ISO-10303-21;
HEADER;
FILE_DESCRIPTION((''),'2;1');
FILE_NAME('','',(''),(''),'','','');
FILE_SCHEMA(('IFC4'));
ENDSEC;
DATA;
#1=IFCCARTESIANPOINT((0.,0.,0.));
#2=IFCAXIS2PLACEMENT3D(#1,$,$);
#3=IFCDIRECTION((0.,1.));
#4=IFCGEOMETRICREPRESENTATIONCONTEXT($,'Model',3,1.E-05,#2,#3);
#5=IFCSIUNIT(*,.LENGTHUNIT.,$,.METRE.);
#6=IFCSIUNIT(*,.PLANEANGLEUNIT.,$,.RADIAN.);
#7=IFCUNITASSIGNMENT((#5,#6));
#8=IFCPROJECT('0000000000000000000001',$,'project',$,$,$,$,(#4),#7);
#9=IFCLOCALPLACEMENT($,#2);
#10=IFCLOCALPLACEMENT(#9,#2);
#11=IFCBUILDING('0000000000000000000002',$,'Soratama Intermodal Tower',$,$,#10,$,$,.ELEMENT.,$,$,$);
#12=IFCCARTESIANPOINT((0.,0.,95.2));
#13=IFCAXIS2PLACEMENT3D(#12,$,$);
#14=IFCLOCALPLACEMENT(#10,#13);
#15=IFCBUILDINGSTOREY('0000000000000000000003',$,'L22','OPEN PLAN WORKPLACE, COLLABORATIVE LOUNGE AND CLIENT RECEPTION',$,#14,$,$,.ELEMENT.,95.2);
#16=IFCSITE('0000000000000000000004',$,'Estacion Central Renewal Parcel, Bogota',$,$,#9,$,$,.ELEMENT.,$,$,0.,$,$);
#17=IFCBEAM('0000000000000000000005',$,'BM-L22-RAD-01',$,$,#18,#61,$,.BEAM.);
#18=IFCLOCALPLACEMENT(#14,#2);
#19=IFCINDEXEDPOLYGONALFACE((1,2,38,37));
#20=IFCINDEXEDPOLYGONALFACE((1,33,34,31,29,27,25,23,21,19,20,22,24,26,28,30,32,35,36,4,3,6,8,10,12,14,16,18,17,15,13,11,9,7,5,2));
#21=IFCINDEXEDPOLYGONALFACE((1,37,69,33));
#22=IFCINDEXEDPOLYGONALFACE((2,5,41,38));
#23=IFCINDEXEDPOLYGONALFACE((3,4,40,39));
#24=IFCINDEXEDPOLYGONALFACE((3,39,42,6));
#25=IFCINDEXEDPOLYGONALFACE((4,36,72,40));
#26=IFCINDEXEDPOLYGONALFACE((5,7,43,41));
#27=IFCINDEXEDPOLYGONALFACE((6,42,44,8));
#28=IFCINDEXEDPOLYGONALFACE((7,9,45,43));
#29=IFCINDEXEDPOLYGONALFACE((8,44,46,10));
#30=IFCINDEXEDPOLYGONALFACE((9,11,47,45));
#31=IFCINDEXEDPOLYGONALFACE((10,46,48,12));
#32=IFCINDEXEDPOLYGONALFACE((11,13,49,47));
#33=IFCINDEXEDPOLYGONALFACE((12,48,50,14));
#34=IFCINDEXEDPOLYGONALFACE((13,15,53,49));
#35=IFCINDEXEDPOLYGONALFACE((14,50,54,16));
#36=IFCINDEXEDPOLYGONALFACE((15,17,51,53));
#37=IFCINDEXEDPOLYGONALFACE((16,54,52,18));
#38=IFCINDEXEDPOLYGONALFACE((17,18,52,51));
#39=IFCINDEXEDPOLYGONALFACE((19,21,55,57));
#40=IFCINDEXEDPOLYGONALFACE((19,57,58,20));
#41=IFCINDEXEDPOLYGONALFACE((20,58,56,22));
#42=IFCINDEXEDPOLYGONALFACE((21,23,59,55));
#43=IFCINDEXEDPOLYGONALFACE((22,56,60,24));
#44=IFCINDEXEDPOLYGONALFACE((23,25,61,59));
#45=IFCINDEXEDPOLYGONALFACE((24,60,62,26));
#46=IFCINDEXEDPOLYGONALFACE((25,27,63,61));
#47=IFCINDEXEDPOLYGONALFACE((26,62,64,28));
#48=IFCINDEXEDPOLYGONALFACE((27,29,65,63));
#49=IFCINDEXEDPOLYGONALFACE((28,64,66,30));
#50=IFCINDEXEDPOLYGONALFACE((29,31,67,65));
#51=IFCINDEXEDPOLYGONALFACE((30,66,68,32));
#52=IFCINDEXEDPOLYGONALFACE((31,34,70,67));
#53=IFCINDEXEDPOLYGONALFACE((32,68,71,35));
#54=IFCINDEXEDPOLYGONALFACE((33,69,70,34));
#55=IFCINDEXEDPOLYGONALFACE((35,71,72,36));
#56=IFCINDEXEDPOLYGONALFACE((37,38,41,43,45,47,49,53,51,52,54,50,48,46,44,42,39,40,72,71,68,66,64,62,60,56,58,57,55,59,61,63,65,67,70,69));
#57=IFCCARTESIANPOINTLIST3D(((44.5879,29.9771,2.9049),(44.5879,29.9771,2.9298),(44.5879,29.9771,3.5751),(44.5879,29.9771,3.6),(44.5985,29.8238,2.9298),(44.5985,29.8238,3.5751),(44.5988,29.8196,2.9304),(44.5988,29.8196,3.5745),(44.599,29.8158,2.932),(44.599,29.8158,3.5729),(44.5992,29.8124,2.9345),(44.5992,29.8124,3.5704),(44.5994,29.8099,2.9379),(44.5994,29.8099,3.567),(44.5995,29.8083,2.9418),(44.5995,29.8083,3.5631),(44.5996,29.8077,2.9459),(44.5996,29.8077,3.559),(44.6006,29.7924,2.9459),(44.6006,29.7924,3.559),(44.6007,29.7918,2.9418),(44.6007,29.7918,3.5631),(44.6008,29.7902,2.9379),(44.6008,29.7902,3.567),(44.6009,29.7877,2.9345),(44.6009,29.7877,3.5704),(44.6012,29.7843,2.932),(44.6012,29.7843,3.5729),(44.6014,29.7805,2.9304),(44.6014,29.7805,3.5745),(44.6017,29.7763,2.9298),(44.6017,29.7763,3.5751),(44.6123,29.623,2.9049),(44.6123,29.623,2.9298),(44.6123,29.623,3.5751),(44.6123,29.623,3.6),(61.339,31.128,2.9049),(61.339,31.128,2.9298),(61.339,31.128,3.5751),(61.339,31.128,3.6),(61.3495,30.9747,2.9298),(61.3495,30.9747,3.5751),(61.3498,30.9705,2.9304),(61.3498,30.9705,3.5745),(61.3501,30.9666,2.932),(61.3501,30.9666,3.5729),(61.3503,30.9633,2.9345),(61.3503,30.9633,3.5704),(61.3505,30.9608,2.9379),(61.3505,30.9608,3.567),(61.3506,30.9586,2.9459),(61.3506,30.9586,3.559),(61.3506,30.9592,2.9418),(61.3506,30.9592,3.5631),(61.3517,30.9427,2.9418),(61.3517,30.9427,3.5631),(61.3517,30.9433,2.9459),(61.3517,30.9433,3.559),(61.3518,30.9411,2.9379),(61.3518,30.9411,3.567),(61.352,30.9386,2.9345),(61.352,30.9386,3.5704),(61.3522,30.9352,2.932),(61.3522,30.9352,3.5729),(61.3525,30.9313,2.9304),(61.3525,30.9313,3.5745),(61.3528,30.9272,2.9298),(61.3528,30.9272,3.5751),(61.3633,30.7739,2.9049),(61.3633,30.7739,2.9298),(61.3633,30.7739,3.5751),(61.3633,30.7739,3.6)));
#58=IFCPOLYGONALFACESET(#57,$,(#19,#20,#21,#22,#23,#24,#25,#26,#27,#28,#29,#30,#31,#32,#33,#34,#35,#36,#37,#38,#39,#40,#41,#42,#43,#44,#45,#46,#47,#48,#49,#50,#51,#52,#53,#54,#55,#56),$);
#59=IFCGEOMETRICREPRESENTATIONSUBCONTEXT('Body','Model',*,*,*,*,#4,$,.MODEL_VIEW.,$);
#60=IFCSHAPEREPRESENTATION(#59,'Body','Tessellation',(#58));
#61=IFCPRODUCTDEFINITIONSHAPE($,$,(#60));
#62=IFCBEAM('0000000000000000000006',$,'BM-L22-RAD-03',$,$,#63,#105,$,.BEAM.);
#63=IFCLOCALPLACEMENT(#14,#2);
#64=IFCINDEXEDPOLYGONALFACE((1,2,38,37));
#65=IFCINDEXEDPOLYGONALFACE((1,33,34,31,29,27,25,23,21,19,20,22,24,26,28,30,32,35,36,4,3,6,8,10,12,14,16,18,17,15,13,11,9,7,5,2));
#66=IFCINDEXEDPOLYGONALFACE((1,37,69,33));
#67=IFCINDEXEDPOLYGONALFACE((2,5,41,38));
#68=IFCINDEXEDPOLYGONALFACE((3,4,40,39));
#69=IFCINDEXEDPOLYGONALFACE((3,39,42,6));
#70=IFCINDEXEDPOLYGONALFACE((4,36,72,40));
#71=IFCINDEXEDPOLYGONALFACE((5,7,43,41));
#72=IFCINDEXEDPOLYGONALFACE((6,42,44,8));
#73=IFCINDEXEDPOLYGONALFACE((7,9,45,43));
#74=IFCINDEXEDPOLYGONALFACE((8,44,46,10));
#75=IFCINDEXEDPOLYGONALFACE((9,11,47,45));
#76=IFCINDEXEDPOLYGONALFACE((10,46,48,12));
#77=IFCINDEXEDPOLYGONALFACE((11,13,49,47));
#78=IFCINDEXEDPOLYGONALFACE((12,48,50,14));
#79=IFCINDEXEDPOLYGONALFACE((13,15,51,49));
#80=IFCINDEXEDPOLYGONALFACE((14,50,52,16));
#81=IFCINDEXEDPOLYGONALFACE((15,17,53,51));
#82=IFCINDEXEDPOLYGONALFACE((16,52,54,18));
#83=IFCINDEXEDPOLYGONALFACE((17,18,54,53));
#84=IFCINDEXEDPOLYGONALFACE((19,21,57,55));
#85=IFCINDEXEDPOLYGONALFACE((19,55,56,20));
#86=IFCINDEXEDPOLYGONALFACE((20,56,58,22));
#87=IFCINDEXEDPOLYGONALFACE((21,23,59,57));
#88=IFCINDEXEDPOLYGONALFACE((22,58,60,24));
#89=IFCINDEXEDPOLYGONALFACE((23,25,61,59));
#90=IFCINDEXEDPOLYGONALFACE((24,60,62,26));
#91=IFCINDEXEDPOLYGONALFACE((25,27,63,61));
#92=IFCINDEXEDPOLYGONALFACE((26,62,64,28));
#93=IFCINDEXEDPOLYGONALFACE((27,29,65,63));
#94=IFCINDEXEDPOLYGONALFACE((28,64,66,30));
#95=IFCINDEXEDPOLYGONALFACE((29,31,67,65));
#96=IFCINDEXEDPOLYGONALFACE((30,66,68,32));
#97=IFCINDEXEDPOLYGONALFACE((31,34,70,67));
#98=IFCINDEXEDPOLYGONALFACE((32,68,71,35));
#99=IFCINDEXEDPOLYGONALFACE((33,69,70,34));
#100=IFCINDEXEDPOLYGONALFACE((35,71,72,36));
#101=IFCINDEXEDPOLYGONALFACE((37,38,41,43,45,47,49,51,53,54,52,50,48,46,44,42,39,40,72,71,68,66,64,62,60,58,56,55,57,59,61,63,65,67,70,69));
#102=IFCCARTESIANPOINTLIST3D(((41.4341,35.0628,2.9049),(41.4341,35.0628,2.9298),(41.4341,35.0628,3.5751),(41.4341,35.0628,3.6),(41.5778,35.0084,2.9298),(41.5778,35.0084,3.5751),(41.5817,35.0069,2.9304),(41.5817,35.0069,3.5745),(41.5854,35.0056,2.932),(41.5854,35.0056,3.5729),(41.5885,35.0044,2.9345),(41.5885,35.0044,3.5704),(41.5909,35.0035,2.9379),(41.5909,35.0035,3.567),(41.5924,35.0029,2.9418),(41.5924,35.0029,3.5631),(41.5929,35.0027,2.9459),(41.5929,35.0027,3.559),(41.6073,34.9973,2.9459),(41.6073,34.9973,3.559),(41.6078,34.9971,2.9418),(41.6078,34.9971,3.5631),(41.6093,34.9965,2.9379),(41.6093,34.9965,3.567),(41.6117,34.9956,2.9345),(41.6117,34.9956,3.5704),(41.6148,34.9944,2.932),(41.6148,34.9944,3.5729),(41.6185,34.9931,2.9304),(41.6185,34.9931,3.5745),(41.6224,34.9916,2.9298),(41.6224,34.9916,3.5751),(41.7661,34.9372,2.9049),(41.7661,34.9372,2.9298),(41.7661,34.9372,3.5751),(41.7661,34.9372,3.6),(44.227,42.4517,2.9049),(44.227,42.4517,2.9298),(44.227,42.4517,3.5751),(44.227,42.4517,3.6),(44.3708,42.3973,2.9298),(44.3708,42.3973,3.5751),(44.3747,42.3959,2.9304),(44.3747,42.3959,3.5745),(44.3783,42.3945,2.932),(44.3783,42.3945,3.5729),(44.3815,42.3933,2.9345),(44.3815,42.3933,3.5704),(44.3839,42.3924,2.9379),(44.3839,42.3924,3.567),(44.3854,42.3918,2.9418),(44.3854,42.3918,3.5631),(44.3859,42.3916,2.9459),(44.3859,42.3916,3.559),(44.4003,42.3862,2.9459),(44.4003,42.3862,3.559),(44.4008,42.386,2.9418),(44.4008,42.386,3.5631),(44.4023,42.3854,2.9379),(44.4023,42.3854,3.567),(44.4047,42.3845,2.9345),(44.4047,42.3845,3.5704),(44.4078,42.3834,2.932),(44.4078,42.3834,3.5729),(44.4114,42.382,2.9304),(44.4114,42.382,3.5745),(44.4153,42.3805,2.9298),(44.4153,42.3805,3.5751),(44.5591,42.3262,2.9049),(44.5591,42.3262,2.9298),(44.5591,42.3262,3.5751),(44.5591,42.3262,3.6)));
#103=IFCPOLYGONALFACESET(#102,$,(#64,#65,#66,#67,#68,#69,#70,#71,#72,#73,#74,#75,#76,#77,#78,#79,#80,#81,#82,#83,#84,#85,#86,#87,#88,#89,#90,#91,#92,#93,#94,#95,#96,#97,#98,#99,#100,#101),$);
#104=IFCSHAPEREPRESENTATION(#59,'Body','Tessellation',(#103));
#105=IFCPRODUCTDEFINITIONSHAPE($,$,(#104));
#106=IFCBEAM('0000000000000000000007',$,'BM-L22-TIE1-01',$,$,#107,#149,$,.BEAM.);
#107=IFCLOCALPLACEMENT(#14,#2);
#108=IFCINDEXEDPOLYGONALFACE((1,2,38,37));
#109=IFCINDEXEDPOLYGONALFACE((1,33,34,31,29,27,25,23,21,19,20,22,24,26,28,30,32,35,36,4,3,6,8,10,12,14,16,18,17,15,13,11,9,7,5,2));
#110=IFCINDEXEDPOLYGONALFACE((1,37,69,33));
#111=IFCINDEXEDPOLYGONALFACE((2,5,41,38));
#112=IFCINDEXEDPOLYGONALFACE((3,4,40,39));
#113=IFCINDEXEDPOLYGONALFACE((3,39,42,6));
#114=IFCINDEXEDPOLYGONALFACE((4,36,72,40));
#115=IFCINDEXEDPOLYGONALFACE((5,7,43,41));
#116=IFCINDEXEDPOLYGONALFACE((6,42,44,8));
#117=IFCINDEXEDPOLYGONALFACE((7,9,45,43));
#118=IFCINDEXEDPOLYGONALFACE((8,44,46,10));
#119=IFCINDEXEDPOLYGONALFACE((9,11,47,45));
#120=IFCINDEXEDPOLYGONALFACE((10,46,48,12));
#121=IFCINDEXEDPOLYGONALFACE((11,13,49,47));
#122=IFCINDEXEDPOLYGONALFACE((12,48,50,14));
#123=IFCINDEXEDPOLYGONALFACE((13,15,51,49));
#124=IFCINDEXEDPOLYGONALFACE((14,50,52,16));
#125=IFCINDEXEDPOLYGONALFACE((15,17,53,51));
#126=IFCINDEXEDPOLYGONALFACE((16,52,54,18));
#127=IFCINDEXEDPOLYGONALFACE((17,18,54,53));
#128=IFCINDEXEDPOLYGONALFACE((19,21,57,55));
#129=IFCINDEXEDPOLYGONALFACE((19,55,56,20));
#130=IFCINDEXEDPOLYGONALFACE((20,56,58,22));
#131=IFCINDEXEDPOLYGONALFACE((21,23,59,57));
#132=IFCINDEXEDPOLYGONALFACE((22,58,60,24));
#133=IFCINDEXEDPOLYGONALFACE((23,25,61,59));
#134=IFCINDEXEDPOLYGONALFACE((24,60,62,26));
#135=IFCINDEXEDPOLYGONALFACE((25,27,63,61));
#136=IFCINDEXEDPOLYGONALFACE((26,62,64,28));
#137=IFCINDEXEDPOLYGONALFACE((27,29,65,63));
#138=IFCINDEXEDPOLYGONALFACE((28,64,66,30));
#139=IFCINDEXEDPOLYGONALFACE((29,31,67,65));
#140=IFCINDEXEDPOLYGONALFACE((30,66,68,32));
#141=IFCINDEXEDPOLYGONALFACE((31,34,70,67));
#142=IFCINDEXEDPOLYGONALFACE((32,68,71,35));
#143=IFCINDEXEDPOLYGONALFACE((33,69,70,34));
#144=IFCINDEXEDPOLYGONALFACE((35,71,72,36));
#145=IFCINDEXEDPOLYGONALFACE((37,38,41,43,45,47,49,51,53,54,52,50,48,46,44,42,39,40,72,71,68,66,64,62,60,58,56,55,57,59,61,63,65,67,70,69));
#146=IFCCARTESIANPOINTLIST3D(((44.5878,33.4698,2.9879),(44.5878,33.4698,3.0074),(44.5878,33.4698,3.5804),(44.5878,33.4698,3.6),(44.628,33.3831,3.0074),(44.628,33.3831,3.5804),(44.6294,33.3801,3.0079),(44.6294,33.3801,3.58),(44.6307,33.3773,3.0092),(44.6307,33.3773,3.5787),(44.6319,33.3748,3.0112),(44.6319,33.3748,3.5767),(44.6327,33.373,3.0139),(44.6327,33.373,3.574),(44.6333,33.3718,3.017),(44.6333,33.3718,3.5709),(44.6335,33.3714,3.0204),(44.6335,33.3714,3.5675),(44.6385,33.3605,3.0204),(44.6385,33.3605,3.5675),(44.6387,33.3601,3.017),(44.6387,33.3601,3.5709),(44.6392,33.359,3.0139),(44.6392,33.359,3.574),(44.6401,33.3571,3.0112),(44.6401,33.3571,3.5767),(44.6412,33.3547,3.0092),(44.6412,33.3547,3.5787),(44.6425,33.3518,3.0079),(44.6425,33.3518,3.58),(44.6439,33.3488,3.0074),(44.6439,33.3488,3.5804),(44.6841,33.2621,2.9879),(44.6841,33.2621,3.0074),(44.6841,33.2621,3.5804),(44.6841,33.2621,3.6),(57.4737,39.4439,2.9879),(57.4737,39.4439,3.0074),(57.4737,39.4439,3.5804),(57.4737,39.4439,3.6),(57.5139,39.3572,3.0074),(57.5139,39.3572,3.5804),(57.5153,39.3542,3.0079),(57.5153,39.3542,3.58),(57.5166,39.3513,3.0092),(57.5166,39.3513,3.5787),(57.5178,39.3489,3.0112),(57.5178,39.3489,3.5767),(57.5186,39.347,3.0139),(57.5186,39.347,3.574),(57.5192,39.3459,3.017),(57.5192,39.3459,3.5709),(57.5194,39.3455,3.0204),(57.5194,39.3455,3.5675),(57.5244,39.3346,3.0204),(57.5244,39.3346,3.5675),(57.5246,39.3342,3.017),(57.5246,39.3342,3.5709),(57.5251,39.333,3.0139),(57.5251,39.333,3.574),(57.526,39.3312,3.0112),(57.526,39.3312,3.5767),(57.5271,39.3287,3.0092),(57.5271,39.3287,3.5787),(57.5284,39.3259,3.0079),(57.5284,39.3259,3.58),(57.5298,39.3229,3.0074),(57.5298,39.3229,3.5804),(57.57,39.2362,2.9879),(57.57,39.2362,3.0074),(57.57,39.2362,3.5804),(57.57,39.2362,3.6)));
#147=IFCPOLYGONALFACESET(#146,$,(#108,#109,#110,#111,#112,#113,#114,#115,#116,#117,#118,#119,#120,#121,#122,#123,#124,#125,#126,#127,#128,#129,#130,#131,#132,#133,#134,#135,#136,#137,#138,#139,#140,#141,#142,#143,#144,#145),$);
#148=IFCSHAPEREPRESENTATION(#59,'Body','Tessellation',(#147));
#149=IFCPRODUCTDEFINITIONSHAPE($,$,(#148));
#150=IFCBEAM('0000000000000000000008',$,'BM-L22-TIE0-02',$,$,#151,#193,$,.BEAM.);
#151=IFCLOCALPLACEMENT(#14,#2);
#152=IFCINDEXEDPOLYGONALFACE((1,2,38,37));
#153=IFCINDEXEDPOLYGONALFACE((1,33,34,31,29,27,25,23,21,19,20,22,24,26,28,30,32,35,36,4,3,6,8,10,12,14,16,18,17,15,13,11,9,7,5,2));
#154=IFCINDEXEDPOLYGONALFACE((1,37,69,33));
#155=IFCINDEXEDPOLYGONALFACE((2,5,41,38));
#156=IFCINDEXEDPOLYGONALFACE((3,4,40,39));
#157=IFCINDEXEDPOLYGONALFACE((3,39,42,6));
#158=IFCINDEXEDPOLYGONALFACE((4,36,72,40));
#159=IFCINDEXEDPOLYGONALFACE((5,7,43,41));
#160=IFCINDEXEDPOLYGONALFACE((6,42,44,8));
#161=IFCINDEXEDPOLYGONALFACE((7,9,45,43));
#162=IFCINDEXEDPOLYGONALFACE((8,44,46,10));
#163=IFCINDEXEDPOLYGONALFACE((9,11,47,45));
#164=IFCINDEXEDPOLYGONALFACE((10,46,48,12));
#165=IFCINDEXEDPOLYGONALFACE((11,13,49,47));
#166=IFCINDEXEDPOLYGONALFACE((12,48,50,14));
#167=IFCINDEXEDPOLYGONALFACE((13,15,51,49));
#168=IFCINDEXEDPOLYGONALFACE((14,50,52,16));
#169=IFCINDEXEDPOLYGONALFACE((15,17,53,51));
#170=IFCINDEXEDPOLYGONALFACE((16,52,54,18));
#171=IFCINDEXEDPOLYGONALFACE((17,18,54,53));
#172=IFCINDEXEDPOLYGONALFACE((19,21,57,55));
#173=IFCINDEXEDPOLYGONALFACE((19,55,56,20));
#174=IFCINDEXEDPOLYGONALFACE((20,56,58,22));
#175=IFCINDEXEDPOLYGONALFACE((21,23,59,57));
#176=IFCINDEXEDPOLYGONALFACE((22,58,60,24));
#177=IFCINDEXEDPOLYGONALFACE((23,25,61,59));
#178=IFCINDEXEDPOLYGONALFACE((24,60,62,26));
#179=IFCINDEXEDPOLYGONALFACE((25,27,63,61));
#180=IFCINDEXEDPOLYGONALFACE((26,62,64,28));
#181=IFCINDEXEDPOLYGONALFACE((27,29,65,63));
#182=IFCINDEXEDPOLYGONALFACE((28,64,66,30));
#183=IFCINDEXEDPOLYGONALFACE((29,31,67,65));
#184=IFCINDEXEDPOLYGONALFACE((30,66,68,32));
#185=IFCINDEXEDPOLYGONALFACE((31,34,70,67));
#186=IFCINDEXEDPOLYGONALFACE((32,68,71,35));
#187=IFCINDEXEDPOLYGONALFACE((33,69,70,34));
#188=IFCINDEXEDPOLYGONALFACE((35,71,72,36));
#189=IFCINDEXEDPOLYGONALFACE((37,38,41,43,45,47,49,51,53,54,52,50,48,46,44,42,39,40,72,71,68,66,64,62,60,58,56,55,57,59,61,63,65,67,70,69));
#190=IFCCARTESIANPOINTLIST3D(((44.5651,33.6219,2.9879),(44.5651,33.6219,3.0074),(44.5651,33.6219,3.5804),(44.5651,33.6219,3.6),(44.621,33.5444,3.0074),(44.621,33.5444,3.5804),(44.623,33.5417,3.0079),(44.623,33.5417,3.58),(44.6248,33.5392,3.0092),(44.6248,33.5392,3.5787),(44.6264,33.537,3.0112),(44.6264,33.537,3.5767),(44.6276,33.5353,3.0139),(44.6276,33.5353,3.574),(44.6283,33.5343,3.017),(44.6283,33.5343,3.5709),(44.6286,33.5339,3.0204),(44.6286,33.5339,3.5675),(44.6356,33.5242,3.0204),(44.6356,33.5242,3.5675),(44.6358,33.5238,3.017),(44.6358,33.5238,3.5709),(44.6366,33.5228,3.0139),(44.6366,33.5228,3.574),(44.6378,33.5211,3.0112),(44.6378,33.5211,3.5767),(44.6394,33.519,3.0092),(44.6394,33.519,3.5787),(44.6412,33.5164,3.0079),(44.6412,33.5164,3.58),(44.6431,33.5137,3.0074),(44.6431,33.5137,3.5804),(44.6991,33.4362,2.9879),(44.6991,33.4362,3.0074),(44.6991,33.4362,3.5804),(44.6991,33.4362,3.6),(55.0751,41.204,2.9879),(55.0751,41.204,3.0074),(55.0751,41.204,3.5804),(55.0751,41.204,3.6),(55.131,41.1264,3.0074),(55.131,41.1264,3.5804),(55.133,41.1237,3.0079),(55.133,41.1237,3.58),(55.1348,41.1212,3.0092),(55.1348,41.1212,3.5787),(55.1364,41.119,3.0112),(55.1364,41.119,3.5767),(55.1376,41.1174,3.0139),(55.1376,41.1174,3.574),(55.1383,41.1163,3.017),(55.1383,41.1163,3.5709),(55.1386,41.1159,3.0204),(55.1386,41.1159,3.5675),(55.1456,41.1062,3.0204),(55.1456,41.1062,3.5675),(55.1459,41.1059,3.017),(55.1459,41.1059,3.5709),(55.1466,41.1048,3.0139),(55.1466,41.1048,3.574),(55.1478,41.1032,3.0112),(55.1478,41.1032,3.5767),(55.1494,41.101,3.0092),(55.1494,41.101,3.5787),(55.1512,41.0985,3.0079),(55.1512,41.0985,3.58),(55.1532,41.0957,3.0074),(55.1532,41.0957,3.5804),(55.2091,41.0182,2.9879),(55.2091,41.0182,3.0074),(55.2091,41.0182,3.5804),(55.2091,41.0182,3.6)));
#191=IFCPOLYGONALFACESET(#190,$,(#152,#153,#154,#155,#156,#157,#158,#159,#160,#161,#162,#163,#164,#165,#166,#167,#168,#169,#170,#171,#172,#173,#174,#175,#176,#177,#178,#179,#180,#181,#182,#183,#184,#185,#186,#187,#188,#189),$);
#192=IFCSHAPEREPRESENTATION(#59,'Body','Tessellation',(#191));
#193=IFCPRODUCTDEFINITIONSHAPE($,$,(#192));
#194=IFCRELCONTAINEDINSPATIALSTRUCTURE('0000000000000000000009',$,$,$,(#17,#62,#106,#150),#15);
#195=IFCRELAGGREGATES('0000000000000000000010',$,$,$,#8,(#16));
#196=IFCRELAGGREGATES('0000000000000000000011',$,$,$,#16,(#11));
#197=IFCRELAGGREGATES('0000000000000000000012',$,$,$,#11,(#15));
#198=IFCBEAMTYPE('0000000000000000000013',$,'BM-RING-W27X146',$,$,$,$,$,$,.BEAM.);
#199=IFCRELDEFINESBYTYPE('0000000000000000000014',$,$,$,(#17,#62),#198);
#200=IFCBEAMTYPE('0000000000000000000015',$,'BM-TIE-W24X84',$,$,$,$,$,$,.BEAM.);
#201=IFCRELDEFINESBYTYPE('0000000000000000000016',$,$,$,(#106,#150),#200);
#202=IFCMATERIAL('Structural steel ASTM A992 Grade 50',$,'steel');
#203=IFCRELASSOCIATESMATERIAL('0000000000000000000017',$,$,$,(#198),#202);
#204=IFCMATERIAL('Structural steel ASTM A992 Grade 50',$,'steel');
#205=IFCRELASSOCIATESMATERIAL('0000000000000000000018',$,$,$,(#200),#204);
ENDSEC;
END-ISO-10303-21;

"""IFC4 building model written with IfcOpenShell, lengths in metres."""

from ifc_helpers import new_model, si_unit, direction, frame, origin, origin_2d, place, context, subcontext, project, spatial, i_section, extrude, material, material_profile, profile_set, type_object, element, save


model = new_model("IFC4")

# Units and contexts
model_context = context("Model", 3, precision=1e-05, world=origin(), true_north=direction((0.0, 1.0)))
body_context = subcontext(model_context, "Body", "Model", "MODEL_VIEW")
ifc_project = project(units=[si_unit("LENGTHUNIT", "METRE"), si_unit("PLANEANGLEUNIT", "RADIAN")], contexts=[model_context])

# Site, building, storey
site_placement = place(None, origin())
site = spatial("IfcSite", under=ifc_project, at=site_placement, Name="Estacion Central Renewal Parcel, Bogota", CompositionType="ELEMENT", RefElevation=0.0)
building_placement = place(site_placement, origin())
building = spatial("IfcBuilding", under=site, at=building_placement, Name="Soratama Intermodal Tower", CompositionType="ELEMENT")
storey_placement = place(building_placement, frame((0.0, 0.0, 95.2)))
storey = spatial("IfcBuildingStorey", under=building, at=storey_placement, Name="L22", Description="OPEN PLAN WORKPLACE, COLLABORATIVE LOUNGE AND CLIENT RECEPTION", CompositionType="ELEMENT", Elevation=95.2)

# Beams
ifc_material_1 = material(Name="Structural steel ASTM A992 Grade 50", Category="steel")
ifc_material_profile_1 = material_profile(ifc_material_1, i_section(OverallWidth=0.355, OverallDepth=0.6951, WebThickness=0.0154, FlangeThickness=0.0249, FilletRadius=0.0161, at=origin_2d()), Name="W27X146")
ifc_profile_set_1 = profile_set([ifc_material_profile_1], Name="Structural steel ASTM A992 Grade 50")
beam_type_1 = type_object("IfcBeamType", Name="BM-RING-W27X146", PredefinedType="BEAM", material=ifc_profile_set_1)
beam_1_placement = place(storey_placement, frame((44.6001, 29.8, 3.2524), z_axis=(0.997648, 0.068544, 0.0), x_axis=(-0.068544, 0.997648, 0.0)))
element("IfcBeam", 1, at=beam_1_placement, inside=storey, type_object=beam_type_1, Name="BM-L22-RAD-01", PredefinedType="BEAM", context=body_context, shape_type="SweptSolid", body=[
    extrude(i_section(OverallWidth=0.355, OverallDepth=0.6951, WebThickness=0.0154, FlangeThickness=0.0249, FilletRadius=0.0161, at=origin_2d()), origin(), (0.0, 0.0, 1.0), 16.7905),
])
beam_2_placement = place(storey_placement, frame((41.6001, 35.0, 3.2524), z_axis=(0.353578, 0.935405, 0.0), x_axis=(-0.935405, 0.353578, 0.0)))
element("IfcBeam", 2, at=beam_2_placement, inside=storey, type_object=beam_type_1, Name="BM-L22-RAD-03", PredefinedType="BEAM", context=body_context, shape_type="SweptSolid", body=[
    extrude(i_section(OverallWidth=0.355, OverallDepth=0.6951, WebThickness=0.0154, FlangeThickness=0.0249, FilletRadius=0.0161, at=origin_2d()), origin(), (0.0, 0.0, 1.0), 7.8992),
])
ifc_material_2 = material(Name="Structural steel ASTM A992 Grade 50", Category="steel")
ifc_material_profile_2 = material_profile(ifc_material_2, i_section(OverallWidth=0.229, OverallDepth=0.6121, WebThickness=0.012, FlangeThickness=0.0195, FilletRadius=0.0129, at=origin_2d()), Name="W24X84")
ifc_profile_set_2 = profile_set([ifc_material_profile_2], Name="Structural steel ASTM A992 Grade 50")
beam_type_2 = type_object("IfcBeamType", Name="BM-TIE-W24X84", PredefinedType="BEAM", material=ifc_profile_set_2)
beam_3_placement = place(storey_placement, frame((44.636, 33.366, 3.2939), z_axis=(0.907242, 0.42061, 0.0), x_axis=(-0.42061, 0.907242, 0.0)))
element("IfcBeam", 3, at=beam_3_placement, inside=storey, type_object=beam_type_2, Name="BM-L22-TIE1-01", PredefinedType="BEAM", context=body_context, shape_type="SweptSolid", body=[
    extrude(i_section(OverallWidth=0.229, OverallDepth=0.6121, WebThickness=0.012, FlangeThickness=0.0195, FilletRadius=0.0129, at=origin_2d()), origin(), (0.0, 0.0, 1.0), 14.2034),
])
beam_4_placement = place(storey_placement, frame((44.6321, 33.5291, 3.2939), z_axis=(0.810992, 0.585058, 0.0), x_axis=(-0.585058, 0.810992, 0.0)))
element("IfcBeam", 4, at=beam_4_placement, inside=storey, type_object=beam_type_2, Name="BM-L22-TIE0-02", PredefinedType="BEAM", context=body_context, shape_type="SweptSolid", body=[
    extrude(i_section(OverallWidth=0.229, OverallDepth=0.6121, WebThickness=0.012, FlangeThickness=0.0195, FilletRadius=0.0129, at=origin_2d()), origin(), (0.0, 0.0, 1.0), 12.9595),
])

save(model, "model.ifc")
